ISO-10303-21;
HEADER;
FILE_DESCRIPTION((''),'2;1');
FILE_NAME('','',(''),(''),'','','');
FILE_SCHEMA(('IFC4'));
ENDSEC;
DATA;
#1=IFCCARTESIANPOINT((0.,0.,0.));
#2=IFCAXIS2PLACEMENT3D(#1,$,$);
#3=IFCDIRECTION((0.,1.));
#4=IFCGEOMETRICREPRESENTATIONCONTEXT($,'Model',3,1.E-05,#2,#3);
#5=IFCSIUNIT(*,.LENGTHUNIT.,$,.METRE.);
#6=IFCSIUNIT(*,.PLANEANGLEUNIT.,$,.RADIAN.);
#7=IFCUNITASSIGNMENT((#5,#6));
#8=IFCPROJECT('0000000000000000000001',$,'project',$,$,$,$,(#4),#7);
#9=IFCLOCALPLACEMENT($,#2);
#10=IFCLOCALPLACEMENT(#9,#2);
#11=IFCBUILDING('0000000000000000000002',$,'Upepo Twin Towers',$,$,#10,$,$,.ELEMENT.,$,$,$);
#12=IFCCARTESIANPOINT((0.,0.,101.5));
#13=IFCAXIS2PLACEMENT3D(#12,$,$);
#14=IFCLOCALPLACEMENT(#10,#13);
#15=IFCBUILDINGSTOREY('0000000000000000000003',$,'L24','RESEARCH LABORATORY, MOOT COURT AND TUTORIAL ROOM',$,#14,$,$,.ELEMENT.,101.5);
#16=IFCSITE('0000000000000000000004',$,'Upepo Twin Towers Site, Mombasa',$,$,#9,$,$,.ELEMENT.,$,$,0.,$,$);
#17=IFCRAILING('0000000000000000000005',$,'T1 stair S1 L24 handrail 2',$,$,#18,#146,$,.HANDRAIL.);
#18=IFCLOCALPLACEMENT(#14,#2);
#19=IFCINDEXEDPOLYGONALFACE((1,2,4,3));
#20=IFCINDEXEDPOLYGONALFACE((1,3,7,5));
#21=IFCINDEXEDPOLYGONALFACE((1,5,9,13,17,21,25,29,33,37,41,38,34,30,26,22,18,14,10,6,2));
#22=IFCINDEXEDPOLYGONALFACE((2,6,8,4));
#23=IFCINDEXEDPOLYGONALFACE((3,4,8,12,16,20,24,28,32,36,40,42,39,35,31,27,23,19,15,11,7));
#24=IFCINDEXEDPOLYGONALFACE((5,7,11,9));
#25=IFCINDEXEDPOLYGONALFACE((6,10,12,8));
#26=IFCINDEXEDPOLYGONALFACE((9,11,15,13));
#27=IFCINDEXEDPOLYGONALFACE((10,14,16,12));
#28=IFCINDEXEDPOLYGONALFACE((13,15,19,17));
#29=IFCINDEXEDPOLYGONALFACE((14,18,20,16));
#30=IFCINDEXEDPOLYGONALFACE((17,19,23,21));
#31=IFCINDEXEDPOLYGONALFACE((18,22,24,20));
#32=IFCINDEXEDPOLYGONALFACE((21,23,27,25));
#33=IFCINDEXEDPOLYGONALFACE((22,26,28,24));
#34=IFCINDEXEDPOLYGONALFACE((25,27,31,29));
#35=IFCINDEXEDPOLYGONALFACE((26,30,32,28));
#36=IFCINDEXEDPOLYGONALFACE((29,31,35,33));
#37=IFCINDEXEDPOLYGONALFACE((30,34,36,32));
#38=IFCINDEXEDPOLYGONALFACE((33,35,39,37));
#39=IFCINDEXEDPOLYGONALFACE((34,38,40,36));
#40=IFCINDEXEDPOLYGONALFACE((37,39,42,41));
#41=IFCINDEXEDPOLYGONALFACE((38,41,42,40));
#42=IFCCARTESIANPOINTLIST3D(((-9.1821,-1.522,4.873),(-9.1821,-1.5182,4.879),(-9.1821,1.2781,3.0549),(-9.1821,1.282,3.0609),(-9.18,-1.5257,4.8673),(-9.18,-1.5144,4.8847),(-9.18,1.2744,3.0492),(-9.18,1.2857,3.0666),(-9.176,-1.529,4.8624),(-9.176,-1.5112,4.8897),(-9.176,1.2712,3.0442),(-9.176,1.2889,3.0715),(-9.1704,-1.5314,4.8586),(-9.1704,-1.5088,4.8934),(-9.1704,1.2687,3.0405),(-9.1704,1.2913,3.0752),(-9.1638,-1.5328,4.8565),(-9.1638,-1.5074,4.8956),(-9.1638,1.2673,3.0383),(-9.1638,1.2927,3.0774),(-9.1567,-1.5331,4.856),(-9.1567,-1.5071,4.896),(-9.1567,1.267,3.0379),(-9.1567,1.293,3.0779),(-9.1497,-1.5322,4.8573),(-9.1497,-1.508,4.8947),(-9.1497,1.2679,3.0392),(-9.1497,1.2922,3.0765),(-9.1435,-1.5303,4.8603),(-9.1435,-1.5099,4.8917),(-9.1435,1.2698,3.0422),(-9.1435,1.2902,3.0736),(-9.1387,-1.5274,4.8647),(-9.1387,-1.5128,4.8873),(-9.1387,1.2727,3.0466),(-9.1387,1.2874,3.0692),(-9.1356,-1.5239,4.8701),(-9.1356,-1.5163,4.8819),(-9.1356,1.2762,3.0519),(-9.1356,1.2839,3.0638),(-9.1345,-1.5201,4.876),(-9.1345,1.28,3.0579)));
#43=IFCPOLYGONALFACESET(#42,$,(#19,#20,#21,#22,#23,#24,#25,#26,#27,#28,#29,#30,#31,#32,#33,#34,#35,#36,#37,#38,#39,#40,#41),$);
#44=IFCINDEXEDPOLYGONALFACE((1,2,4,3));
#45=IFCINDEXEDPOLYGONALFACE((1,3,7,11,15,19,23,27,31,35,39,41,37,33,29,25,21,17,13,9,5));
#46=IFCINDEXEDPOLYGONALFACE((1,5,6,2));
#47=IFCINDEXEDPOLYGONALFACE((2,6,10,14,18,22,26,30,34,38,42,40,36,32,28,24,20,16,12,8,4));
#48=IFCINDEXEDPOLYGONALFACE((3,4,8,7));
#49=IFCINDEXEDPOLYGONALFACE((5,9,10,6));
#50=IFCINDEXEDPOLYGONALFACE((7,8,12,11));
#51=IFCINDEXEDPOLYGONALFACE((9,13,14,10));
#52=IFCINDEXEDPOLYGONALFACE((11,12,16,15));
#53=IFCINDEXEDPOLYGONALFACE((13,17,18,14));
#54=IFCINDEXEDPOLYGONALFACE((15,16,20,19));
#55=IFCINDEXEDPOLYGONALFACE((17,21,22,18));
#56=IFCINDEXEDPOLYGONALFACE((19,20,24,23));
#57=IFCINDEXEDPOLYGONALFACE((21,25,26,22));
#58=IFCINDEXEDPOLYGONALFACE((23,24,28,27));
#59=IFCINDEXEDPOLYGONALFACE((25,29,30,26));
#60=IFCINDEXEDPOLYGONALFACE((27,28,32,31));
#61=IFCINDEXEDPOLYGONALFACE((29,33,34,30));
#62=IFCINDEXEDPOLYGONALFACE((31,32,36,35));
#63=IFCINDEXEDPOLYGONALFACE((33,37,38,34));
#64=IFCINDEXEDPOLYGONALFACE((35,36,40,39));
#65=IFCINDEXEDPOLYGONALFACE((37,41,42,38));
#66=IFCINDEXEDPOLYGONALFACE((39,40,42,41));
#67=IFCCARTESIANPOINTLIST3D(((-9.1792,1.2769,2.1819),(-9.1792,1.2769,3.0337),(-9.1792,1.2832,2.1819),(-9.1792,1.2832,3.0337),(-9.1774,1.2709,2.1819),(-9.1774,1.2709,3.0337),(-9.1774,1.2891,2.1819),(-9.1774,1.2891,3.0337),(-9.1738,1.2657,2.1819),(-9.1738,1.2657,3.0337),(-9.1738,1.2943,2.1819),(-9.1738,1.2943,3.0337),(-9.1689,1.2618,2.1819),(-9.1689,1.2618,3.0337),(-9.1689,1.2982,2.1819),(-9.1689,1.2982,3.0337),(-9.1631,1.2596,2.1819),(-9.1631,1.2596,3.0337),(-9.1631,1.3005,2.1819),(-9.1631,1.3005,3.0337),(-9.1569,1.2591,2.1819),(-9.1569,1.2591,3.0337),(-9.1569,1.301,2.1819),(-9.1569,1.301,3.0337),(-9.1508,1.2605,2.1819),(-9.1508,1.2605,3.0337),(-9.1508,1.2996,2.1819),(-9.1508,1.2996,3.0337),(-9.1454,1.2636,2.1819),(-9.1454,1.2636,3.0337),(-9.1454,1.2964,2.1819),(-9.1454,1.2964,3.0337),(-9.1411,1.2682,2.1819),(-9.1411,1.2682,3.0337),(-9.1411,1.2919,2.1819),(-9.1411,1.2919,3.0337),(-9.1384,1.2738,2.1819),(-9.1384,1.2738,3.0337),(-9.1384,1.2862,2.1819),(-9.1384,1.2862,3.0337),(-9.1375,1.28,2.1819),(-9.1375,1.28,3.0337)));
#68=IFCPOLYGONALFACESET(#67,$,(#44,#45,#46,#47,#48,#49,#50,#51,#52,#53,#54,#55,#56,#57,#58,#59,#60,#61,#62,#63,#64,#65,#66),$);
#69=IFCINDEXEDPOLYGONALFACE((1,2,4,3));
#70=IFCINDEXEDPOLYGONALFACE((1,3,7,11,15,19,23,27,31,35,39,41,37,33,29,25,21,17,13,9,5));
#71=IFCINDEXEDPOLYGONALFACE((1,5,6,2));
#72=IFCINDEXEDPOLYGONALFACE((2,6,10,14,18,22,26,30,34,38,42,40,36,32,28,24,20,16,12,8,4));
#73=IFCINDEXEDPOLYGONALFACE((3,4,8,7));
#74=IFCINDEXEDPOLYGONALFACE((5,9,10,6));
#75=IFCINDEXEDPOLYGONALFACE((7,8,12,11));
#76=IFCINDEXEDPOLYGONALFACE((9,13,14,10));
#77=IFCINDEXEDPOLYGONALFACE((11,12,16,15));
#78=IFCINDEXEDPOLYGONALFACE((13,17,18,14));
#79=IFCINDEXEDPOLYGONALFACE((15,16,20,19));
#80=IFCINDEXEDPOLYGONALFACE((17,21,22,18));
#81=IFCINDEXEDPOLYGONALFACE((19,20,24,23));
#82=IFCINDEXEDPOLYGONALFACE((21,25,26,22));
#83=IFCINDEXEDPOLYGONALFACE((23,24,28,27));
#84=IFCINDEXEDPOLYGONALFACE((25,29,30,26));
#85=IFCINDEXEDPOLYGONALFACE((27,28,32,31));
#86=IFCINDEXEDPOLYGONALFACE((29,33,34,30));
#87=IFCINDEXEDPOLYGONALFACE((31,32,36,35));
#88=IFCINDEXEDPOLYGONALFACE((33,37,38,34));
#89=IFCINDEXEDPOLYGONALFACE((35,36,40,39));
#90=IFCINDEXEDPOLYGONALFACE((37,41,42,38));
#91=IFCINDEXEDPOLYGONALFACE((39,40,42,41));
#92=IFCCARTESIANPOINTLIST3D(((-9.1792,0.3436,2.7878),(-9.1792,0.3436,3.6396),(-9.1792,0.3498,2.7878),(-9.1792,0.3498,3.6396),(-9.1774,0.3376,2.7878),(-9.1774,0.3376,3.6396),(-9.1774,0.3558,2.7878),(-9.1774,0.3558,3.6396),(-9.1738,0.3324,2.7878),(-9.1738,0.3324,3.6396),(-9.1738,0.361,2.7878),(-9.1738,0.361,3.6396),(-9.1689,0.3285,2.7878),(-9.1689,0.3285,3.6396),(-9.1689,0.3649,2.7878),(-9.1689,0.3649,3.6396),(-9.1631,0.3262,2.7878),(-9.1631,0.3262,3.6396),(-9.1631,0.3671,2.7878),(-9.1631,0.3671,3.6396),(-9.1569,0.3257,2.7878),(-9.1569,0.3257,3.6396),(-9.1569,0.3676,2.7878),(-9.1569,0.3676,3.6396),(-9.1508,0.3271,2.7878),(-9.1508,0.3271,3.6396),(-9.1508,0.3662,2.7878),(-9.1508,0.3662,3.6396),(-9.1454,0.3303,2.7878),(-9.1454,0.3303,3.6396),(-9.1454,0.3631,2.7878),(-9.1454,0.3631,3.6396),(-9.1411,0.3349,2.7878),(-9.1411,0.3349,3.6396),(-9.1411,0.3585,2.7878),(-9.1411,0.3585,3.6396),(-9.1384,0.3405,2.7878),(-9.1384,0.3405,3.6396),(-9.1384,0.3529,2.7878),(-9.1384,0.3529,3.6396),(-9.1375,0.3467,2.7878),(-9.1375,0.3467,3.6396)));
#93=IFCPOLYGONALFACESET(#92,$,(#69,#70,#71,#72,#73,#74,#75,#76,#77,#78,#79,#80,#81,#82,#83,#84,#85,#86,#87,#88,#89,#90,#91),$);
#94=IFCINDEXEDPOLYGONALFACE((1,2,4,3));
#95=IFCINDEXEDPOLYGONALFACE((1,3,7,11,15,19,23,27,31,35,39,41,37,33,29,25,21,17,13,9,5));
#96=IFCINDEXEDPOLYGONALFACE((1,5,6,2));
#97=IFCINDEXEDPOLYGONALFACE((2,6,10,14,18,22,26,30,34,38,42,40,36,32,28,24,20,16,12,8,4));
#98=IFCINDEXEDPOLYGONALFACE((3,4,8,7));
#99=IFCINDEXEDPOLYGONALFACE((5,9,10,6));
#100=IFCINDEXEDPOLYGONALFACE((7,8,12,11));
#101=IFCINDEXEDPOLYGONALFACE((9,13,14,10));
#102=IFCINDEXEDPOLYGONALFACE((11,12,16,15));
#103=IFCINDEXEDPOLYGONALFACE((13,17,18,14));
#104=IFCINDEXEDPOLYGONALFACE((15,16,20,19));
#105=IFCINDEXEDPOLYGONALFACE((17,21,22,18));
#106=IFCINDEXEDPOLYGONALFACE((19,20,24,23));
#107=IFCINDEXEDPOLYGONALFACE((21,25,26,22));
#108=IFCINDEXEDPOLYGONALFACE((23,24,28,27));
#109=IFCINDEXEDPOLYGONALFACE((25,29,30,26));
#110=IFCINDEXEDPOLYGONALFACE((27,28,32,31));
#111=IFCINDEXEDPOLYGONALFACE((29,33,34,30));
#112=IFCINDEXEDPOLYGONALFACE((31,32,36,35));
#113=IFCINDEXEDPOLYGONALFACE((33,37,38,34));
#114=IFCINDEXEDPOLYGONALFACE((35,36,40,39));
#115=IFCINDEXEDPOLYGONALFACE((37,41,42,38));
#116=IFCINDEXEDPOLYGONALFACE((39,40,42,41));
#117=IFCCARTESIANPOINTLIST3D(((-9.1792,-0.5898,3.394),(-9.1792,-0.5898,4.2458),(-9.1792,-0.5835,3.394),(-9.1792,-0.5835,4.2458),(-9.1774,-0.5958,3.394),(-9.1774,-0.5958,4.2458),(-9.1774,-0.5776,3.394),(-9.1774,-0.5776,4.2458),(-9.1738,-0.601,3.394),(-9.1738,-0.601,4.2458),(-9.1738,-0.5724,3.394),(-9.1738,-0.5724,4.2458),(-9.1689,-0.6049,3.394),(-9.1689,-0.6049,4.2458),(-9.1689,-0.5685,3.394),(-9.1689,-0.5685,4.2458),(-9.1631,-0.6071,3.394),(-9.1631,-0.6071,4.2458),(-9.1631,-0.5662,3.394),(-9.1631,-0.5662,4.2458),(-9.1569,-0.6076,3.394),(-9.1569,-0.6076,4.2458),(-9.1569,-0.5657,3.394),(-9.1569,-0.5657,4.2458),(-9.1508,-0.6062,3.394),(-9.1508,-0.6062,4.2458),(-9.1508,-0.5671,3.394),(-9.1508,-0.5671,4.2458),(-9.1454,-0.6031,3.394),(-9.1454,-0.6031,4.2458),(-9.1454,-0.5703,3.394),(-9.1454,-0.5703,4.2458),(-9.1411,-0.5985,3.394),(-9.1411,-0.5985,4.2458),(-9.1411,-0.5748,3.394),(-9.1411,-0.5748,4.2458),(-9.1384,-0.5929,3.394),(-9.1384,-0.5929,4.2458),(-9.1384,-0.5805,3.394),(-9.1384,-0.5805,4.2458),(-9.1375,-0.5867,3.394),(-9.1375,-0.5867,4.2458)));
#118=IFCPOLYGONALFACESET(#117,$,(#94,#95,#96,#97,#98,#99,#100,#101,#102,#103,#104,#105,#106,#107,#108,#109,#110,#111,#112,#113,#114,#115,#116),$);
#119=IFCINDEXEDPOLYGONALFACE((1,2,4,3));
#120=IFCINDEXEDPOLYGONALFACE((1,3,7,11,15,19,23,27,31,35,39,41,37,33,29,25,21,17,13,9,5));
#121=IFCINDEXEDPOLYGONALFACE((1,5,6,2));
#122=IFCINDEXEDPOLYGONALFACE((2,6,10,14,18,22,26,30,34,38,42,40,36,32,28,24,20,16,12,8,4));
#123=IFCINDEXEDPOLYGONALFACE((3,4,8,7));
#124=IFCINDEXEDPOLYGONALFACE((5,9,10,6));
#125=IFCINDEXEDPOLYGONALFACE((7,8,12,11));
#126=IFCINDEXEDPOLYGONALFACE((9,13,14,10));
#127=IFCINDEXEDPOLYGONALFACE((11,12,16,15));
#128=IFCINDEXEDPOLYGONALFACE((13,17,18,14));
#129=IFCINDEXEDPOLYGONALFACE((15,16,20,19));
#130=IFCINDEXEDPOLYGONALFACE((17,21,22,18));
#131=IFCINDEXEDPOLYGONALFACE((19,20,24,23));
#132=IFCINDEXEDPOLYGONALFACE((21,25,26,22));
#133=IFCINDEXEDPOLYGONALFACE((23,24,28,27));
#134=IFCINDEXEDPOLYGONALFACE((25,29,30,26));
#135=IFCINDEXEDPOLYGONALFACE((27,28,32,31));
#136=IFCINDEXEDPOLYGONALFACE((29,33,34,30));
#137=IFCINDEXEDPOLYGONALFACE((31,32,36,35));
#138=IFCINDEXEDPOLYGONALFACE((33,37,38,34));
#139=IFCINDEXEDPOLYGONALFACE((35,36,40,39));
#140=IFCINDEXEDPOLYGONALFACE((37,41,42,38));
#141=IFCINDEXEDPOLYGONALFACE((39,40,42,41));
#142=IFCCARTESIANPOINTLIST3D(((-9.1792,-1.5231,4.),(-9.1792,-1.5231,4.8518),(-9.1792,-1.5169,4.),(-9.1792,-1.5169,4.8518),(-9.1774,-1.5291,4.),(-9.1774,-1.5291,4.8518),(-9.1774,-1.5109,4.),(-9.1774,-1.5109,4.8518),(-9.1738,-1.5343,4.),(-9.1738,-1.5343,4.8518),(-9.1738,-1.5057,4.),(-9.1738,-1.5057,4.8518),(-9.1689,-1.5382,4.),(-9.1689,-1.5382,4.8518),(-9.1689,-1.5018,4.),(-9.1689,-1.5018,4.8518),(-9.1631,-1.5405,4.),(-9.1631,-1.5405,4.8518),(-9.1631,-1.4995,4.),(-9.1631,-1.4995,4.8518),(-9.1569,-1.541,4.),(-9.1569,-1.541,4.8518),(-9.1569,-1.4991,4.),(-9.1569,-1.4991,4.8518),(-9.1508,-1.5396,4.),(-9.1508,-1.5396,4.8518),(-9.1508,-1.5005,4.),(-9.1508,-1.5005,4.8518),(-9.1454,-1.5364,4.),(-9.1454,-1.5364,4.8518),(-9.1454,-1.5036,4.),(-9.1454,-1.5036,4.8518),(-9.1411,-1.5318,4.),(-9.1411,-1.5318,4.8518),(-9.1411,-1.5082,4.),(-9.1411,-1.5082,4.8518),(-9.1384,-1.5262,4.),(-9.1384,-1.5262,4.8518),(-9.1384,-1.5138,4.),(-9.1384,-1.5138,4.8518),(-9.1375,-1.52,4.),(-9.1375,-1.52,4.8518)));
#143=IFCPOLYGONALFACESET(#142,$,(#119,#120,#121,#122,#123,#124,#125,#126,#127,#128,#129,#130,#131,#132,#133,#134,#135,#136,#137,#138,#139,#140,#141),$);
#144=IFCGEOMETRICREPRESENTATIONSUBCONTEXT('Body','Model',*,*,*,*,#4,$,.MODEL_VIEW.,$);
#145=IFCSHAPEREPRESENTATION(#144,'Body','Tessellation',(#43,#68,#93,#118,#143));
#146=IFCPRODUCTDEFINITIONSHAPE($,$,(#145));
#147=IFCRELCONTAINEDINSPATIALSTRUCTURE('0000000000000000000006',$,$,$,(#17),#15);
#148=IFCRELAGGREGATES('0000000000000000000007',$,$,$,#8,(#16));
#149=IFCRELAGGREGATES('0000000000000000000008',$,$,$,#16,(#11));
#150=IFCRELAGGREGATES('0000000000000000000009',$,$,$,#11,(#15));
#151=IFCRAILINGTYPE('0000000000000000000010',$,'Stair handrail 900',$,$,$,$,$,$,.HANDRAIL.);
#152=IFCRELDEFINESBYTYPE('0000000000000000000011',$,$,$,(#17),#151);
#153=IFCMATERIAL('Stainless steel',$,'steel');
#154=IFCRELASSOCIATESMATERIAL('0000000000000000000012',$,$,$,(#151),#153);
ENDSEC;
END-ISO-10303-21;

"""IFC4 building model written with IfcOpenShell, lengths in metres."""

from ifc_helpers import new_model, si_unit, direction, frame, origin, origin_2d, place, context, subcontext, project, spatial, circle, extrude, material, type_object, element, save


model = new_model("IFC4")

# Units and contexts
model_context = context("Model", 3, precision=1e-05, world=origin(), true_north=direction((0.0, 1.0)))
body_context = subcontext(model_context, "Body", "Model", "MODEL_VIEW")
ifc_project = project(units=[si_unit("LENGTHUNIT", "METRE"), si_unit("PLANEANGLEUNIT", "RADIAN")], contexts=[model_context])

# Site, building, storey
site_placement = place(None, origin())
site = spatial("IfcSite", under=ifc_project, at=site_placement, Name="Upepo Twin Towers Site, Mombasa", CompositionType="ELEMENT", RefElevation=0.0)
building_placement = place(site_placement, origin())
building = spatial("IfcBuilding", under=site, at=building_placement, Name="Upepo Twin Towers", CompositionType="ELEMENT")
storey_placement = place(building_placement, frame((0.0, 0.0, 101.5)))
storey = spatial("IfcBuildingStorey", under=building, at=storey_placement, Name="L24", Description="RESEARCH LABORATORY, MOOT COURT AND TUTORIAL ROOM", CompositionType="ELEMENT", Elevation=101.5)

# Railing
ifc_material_1 = material(Name="Stainless steel", Category="steel")
railing_type = type_object("IfcRailingType", Name="Stair handrail 900", PredefinedType="HANDRAIL", material=ifc_material_1)
railing_1_placement = place(storey_placement, frame((-9.1584, 1.28, 2.1819)))
element("IfcRailing", 1, at=railing_1_placement, inside=storey, type_object=railing_type, Name="T1 stair S1 L24 handrail 2", PredefinedType="HANDRAIL", context=body_context, shape_type="SweptSolid", body=[
    extrude(circle(Radius=0.0239, at=origin_2d()), frame((0.0, 0.0, 0.876), z_axis=(0.0, -0.838706, 0.544585), x_axis=(1.0, 0.0, 0.0)), (0.0, 0.0, 1.0), 3.3386),
    extrude(circle(Radius=0.021, at=origin_2d()), origin(), (0.0, 0.0, 1.0), 0.8518),
    extrude(circle(Radius=0.021, at=origin_2d()), frame((0.0, -0.9333, 0.606)), (0.0, 0.0, 1.0), 0.8518),
    extrude(circle(Radius=0.021, at=origin_2d()), frame((0.0, -1.8667, 1.2122)), (0.0, 0.0, 1.0), 0.8518),
    extrude(circle(Radius=0.021, at=origin_2d()), frame((0.0, -2.8, 1.8181)), (0.0, 0.0, 1.0), 0.8518),
])

save(model, "model.ifc")
